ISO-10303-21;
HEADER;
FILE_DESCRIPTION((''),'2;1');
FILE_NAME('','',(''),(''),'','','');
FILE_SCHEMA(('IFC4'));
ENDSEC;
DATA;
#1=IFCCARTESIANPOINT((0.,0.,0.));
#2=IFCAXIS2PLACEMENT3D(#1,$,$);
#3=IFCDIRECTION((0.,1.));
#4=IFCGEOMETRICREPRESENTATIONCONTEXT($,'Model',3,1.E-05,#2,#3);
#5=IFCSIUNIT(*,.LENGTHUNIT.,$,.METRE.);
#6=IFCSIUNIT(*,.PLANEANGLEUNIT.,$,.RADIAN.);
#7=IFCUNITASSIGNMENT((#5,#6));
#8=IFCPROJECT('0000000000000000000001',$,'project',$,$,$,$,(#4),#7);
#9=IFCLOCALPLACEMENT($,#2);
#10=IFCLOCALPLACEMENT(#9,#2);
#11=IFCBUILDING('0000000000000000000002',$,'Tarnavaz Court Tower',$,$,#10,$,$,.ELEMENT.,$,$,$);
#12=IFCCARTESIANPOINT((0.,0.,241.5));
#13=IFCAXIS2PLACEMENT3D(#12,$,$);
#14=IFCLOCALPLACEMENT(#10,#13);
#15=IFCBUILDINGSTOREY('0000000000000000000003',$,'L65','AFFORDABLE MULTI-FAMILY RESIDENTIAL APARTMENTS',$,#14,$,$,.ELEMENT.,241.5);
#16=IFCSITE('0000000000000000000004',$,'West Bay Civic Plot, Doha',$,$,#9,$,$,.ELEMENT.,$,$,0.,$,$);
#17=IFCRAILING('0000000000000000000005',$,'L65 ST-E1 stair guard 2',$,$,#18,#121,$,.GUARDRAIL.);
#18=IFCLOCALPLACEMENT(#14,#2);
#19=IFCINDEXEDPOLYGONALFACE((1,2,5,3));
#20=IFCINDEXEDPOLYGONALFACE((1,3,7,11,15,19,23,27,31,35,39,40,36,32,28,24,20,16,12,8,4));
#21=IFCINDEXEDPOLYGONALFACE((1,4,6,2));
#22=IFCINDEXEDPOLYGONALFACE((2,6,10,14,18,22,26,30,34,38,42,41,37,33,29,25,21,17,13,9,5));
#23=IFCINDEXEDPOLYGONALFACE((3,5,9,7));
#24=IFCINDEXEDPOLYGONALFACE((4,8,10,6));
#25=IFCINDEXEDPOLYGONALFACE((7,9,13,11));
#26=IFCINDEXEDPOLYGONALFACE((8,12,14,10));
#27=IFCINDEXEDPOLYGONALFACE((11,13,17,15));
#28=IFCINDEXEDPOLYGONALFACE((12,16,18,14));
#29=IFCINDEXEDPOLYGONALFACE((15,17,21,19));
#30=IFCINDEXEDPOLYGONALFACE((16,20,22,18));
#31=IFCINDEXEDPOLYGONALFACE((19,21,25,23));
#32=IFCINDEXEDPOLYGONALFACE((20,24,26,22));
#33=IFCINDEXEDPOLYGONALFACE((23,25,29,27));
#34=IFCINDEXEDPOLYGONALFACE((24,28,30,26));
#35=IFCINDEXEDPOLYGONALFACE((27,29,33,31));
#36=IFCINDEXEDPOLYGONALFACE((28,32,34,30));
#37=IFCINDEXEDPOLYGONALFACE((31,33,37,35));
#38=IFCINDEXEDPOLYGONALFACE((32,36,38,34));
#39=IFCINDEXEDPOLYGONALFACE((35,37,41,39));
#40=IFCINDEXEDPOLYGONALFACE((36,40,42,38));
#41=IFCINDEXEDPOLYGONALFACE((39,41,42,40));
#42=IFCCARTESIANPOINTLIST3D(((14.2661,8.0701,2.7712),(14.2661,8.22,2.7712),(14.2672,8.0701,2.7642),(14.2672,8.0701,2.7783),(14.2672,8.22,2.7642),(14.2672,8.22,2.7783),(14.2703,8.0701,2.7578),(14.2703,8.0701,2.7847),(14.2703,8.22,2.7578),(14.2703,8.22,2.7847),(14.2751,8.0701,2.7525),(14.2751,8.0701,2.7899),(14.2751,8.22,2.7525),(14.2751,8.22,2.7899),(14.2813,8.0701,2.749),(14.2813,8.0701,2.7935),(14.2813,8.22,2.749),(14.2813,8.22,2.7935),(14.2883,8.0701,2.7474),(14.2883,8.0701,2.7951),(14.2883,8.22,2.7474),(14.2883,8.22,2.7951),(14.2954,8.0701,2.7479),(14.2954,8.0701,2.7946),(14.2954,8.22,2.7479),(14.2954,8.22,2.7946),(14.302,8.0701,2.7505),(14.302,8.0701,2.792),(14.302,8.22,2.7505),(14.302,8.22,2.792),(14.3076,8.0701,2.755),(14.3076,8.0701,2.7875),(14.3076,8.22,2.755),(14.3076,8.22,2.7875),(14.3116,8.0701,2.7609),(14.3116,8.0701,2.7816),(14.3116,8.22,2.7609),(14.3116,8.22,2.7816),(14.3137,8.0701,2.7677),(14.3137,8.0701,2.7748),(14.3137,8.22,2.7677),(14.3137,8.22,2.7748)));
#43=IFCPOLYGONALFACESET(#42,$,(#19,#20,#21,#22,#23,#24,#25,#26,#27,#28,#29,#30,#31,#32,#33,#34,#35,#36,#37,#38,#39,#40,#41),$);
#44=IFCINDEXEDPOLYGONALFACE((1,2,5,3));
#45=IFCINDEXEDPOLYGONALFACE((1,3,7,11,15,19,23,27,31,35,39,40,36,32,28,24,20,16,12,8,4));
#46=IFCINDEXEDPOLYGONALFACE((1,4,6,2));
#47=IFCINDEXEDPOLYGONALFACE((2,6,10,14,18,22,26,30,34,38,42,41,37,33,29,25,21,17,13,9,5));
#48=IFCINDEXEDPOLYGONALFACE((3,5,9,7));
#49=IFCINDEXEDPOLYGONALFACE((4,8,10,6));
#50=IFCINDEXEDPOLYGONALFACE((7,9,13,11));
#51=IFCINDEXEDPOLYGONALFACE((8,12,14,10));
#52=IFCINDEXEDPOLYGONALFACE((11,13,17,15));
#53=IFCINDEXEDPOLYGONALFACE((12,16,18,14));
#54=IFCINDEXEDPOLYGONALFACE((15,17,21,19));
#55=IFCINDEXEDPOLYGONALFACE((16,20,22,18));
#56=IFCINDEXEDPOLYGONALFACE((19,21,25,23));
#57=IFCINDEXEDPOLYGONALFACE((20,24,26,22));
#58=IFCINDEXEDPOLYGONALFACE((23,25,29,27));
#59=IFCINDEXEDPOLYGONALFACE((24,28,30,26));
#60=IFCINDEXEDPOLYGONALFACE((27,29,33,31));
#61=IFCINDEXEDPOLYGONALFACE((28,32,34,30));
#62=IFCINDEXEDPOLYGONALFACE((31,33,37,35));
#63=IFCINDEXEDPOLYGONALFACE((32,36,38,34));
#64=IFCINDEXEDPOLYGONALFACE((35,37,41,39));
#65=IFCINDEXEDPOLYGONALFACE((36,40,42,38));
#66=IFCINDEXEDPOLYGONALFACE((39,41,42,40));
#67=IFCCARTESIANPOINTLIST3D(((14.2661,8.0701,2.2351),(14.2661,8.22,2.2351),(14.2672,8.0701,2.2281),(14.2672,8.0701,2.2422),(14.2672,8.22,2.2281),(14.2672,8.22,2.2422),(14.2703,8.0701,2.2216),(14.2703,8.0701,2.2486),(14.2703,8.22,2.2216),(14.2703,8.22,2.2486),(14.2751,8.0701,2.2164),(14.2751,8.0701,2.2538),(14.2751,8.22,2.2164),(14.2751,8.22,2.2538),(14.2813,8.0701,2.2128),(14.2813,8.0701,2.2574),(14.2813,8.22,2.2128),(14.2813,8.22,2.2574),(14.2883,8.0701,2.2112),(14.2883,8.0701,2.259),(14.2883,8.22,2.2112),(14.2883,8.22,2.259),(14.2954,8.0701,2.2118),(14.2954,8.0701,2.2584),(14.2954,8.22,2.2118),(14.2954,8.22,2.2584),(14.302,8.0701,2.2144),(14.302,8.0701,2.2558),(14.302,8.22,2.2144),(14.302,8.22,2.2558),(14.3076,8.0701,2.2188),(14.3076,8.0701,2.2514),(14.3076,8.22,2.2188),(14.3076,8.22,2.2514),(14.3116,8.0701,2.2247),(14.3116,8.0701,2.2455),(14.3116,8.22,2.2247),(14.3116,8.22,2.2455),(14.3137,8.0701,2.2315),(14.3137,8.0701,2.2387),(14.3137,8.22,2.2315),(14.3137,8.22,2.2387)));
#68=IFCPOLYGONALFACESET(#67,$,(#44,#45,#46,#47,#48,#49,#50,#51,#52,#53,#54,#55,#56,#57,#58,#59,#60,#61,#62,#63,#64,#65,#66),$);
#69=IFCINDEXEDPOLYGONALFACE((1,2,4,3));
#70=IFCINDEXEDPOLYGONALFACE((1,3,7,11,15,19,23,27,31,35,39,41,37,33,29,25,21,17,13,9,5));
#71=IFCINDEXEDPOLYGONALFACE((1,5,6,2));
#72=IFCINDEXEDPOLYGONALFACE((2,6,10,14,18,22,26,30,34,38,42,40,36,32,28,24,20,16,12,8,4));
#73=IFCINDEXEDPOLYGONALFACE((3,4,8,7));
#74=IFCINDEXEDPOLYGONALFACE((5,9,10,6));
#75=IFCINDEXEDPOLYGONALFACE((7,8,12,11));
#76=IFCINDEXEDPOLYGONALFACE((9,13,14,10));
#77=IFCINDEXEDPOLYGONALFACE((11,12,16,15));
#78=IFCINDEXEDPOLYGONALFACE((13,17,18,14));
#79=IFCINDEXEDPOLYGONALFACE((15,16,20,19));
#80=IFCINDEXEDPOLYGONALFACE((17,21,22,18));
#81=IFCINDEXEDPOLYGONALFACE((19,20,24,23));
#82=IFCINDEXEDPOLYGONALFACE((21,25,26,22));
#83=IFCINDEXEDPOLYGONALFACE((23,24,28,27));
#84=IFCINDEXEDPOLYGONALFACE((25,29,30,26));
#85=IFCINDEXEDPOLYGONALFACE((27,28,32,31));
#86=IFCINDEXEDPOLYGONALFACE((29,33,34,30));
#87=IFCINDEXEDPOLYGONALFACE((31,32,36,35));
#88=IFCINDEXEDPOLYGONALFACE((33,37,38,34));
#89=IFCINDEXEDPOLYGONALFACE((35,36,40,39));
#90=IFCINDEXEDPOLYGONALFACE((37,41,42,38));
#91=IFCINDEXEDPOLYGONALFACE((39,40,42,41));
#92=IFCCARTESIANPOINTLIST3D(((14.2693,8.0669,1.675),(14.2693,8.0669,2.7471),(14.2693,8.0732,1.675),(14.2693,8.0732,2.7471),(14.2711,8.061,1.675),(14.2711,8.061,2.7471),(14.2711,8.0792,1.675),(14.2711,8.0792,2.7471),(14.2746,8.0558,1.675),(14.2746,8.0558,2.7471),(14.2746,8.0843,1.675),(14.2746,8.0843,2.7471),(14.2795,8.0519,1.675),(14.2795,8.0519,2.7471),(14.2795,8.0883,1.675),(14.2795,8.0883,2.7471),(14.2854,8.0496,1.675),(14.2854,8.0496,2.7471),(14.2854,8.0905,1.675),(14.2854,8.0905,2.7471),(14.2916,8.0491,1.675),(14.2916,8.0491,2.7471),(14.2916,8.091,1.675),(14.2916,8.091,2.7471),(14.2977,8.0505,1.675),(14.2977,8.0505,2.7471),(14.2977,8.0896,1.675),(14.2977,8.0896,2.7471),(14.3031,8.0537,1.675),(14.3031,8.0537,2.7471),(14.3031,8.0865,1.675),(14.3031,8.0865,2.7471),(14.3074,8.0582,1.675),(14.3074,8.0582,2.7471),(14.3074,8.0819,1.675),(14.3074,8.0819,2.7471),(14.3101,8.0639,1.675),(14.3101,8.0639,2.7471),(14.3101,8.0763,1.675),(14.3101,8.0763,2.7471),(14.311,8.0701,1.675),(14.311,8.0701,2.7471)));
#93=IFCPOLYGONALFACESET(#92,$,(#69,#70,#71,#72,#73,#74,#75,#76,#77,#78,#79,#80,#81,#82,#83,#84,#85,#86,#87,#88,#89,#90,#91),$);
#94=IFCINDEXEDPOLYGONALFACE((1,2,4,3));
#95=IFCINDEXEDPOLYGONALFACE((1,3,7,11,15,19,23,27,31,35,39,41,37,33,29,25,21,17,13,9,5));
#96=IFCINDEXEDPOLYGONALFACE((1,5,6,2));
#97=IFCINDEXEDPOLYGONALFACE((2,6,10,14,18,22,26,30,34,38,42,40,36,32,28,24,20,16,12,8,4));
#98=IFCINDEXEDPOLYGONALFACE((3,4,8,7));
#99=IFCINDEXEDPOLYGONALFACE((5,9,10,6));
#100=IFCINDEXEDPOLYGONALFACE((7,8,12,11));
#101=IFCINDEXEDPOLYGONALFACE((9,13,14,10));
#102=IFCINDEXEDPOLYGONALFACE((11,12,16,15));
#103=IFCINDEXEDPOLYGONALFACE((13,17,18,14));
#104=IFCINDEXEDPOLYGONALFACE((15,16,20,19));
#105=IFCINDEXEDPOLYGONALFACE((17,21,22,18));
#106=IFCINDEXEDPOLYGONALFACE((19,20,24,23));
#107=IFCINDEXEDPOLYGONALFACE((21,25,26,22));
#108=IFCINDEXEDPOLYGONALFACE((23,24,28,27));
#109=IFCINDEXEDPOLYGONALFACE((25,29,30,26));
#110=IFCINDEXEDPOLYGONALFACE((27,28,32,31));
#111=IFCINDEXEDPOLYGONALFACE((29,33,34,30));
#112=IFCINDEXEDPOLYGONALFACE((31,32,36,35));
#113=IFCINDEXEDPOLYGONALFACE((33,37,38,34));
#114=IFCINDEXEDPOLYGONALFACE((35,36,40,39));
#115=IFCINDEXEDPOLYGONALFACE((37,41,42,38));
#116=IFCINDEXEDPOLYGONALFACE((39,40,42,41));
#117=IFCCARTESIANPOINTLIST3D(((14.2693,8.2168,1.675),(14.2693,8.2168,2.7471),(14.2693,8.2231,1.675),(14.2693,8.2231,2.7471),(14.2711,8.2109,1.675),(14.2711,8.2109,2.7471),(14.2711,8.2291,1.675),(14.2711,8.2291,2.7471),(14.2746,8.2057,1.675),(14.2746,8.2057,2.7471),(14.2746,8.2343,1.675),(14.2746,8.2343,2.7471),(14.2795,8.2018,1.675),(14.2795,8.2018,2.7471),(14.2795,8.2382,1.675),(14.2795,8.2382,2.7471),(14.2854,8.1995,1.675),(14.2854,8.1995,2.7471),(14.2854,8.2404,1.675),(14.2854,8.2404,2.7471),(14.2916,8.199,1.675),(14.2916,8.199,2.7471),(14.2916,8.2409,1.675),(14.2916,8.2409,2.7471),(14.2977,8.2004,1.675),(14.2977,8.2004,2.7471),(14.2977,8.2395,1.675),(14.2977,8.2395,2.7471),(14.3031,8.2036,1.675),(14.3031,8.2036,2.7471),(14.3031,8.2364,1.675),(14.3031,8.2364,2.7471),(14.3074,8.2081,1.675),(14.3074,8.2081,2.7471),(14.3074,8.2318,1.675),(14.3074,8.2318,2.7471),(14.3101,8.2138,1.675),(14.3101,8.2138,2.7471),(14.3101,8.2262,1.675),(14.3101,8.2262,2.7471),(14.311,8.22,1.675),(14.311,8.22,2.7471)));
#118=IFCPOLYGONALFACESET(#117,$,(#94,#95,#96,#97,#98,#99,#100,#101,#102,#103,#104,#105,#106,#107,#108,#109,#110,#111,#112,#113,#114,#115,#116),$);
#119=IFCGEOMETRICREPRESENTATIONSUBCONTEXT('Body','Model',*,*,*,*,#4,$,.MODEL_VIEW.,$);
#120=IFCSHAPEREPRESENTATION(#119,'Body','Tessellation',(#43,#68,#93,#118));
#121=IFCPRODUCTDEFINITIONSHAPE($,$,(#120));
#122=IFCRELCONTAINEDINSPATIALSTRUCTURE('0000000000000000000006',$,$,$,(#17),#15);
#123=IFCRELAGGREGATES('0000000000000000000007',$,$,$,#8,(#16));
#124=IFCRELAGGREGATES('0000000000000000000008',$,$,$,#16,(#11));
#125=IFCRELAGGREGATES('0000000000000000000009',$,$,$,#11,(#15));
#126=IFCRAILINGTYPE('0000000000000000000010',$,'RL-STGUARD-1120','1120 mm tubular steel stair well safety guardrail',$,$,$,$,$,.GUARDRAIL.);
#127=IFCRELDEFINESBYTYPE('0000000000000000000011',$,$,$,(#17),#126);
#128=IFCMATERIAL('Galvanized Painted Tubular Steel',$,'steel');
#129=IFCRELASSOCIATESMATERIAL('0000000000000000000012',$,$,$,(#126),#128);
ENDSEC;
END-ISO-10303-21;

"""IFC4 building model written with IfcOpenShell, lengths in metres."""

from ifc_helpers import new_model, si_unit, direction, frame, origin, origin_2d, place, context, subcontext, project, spatial, circle, extrude, material, type_object, element, save


model = new_model("IFC4")

# Units and contexts
model_context = context("Model", 3, precision=1e-05, world=origin(), true_north=direction((0.0, 1.0)))
body_context = subcontext(model_context, "Body", "Model", "MODEL_VIEW")
ifc_project = project(units=[si_unit("LENGTHUNIT", "METRE"), si_unit("PLANEANGLEUNIT", "RADIAN")], contexts=[model_context])

# Site, building, storey
site_placement = place(None, origin())
site = spatial("IfcSite", under=ifc_project, at=site_placement, Name="West Bay Civic Plot, Doha", CompositionType="ELEMENT", RefElevation=0.0)
building_placement = place(site_placement, origin())
building = spatial("IfcBuilding", under=site, at=building_placement, Name="Tarnavaz Court Tower", CompositionType="ELEMENT")
storey_placement = place(building_placement, frame((0.0, 0.0, 241.5)))
storey = spatial("IfcBuildingStorey", under=building, at=storey_placement, Name="L65", Description="AFFORDABLE MULTI-FAMILY RESIDENTIAL APARTMENTS", CompositionType="ELEMENT", Elevation=241.5)

# Railing
ifc_material_1 = material(Name="Galvanized Painted Tubular Steel", Category="steel")
railing_type_1 = type_object("IfcRailingType", Name="RL-STGUARD-1120", Description="1120 mm tubular steel stair well safety guardrail", PredefinedType="GUARDRAIL", material=ifc_material_1)
railing_1_placement = place(storey_placement, frame((14.29, 8.0701, 1.675)))
element("IfcRailing", 1, at=railing_1_placement, inside=storey, type_object=railing_type_1, Name="L65 ST-E1 stair guard 2", PredefinedType="GUARDRAIL", context=body_context, shape_type="SweptSolid", body=[
    extrude(circle(Radius=0.0239, at=origin_2d()), frame((0.0, 0.0, 1.0962), z_axis=(0.0, 1.0, 0.0), x_axis=(-1.0, 0.0, 0.0)), (0.0, 0.0, 1.0), 0.1499),
    extrude(circle(Radius=0.0239, at=origin_2d()), frame((0.0, 0.0, 0.5601), z_axis=(0.0, 1.0, 0.0), x_axis=(-1.0, 0.0, 0.0)), (0.0, 0.0, 1.0), 0.1499),
    extrude(circle(Radius=0.021, at=origin_2d()), origin(), (0.0, 0.0, 1.0), 1.072),
    extrude(circle(Radius=0.021, at=origin_2d()), frame((0.0, 0.1499, 0.0)), (0.0, 0.0, 1.0), 1.072),
])

save(model, "model.ifc")
